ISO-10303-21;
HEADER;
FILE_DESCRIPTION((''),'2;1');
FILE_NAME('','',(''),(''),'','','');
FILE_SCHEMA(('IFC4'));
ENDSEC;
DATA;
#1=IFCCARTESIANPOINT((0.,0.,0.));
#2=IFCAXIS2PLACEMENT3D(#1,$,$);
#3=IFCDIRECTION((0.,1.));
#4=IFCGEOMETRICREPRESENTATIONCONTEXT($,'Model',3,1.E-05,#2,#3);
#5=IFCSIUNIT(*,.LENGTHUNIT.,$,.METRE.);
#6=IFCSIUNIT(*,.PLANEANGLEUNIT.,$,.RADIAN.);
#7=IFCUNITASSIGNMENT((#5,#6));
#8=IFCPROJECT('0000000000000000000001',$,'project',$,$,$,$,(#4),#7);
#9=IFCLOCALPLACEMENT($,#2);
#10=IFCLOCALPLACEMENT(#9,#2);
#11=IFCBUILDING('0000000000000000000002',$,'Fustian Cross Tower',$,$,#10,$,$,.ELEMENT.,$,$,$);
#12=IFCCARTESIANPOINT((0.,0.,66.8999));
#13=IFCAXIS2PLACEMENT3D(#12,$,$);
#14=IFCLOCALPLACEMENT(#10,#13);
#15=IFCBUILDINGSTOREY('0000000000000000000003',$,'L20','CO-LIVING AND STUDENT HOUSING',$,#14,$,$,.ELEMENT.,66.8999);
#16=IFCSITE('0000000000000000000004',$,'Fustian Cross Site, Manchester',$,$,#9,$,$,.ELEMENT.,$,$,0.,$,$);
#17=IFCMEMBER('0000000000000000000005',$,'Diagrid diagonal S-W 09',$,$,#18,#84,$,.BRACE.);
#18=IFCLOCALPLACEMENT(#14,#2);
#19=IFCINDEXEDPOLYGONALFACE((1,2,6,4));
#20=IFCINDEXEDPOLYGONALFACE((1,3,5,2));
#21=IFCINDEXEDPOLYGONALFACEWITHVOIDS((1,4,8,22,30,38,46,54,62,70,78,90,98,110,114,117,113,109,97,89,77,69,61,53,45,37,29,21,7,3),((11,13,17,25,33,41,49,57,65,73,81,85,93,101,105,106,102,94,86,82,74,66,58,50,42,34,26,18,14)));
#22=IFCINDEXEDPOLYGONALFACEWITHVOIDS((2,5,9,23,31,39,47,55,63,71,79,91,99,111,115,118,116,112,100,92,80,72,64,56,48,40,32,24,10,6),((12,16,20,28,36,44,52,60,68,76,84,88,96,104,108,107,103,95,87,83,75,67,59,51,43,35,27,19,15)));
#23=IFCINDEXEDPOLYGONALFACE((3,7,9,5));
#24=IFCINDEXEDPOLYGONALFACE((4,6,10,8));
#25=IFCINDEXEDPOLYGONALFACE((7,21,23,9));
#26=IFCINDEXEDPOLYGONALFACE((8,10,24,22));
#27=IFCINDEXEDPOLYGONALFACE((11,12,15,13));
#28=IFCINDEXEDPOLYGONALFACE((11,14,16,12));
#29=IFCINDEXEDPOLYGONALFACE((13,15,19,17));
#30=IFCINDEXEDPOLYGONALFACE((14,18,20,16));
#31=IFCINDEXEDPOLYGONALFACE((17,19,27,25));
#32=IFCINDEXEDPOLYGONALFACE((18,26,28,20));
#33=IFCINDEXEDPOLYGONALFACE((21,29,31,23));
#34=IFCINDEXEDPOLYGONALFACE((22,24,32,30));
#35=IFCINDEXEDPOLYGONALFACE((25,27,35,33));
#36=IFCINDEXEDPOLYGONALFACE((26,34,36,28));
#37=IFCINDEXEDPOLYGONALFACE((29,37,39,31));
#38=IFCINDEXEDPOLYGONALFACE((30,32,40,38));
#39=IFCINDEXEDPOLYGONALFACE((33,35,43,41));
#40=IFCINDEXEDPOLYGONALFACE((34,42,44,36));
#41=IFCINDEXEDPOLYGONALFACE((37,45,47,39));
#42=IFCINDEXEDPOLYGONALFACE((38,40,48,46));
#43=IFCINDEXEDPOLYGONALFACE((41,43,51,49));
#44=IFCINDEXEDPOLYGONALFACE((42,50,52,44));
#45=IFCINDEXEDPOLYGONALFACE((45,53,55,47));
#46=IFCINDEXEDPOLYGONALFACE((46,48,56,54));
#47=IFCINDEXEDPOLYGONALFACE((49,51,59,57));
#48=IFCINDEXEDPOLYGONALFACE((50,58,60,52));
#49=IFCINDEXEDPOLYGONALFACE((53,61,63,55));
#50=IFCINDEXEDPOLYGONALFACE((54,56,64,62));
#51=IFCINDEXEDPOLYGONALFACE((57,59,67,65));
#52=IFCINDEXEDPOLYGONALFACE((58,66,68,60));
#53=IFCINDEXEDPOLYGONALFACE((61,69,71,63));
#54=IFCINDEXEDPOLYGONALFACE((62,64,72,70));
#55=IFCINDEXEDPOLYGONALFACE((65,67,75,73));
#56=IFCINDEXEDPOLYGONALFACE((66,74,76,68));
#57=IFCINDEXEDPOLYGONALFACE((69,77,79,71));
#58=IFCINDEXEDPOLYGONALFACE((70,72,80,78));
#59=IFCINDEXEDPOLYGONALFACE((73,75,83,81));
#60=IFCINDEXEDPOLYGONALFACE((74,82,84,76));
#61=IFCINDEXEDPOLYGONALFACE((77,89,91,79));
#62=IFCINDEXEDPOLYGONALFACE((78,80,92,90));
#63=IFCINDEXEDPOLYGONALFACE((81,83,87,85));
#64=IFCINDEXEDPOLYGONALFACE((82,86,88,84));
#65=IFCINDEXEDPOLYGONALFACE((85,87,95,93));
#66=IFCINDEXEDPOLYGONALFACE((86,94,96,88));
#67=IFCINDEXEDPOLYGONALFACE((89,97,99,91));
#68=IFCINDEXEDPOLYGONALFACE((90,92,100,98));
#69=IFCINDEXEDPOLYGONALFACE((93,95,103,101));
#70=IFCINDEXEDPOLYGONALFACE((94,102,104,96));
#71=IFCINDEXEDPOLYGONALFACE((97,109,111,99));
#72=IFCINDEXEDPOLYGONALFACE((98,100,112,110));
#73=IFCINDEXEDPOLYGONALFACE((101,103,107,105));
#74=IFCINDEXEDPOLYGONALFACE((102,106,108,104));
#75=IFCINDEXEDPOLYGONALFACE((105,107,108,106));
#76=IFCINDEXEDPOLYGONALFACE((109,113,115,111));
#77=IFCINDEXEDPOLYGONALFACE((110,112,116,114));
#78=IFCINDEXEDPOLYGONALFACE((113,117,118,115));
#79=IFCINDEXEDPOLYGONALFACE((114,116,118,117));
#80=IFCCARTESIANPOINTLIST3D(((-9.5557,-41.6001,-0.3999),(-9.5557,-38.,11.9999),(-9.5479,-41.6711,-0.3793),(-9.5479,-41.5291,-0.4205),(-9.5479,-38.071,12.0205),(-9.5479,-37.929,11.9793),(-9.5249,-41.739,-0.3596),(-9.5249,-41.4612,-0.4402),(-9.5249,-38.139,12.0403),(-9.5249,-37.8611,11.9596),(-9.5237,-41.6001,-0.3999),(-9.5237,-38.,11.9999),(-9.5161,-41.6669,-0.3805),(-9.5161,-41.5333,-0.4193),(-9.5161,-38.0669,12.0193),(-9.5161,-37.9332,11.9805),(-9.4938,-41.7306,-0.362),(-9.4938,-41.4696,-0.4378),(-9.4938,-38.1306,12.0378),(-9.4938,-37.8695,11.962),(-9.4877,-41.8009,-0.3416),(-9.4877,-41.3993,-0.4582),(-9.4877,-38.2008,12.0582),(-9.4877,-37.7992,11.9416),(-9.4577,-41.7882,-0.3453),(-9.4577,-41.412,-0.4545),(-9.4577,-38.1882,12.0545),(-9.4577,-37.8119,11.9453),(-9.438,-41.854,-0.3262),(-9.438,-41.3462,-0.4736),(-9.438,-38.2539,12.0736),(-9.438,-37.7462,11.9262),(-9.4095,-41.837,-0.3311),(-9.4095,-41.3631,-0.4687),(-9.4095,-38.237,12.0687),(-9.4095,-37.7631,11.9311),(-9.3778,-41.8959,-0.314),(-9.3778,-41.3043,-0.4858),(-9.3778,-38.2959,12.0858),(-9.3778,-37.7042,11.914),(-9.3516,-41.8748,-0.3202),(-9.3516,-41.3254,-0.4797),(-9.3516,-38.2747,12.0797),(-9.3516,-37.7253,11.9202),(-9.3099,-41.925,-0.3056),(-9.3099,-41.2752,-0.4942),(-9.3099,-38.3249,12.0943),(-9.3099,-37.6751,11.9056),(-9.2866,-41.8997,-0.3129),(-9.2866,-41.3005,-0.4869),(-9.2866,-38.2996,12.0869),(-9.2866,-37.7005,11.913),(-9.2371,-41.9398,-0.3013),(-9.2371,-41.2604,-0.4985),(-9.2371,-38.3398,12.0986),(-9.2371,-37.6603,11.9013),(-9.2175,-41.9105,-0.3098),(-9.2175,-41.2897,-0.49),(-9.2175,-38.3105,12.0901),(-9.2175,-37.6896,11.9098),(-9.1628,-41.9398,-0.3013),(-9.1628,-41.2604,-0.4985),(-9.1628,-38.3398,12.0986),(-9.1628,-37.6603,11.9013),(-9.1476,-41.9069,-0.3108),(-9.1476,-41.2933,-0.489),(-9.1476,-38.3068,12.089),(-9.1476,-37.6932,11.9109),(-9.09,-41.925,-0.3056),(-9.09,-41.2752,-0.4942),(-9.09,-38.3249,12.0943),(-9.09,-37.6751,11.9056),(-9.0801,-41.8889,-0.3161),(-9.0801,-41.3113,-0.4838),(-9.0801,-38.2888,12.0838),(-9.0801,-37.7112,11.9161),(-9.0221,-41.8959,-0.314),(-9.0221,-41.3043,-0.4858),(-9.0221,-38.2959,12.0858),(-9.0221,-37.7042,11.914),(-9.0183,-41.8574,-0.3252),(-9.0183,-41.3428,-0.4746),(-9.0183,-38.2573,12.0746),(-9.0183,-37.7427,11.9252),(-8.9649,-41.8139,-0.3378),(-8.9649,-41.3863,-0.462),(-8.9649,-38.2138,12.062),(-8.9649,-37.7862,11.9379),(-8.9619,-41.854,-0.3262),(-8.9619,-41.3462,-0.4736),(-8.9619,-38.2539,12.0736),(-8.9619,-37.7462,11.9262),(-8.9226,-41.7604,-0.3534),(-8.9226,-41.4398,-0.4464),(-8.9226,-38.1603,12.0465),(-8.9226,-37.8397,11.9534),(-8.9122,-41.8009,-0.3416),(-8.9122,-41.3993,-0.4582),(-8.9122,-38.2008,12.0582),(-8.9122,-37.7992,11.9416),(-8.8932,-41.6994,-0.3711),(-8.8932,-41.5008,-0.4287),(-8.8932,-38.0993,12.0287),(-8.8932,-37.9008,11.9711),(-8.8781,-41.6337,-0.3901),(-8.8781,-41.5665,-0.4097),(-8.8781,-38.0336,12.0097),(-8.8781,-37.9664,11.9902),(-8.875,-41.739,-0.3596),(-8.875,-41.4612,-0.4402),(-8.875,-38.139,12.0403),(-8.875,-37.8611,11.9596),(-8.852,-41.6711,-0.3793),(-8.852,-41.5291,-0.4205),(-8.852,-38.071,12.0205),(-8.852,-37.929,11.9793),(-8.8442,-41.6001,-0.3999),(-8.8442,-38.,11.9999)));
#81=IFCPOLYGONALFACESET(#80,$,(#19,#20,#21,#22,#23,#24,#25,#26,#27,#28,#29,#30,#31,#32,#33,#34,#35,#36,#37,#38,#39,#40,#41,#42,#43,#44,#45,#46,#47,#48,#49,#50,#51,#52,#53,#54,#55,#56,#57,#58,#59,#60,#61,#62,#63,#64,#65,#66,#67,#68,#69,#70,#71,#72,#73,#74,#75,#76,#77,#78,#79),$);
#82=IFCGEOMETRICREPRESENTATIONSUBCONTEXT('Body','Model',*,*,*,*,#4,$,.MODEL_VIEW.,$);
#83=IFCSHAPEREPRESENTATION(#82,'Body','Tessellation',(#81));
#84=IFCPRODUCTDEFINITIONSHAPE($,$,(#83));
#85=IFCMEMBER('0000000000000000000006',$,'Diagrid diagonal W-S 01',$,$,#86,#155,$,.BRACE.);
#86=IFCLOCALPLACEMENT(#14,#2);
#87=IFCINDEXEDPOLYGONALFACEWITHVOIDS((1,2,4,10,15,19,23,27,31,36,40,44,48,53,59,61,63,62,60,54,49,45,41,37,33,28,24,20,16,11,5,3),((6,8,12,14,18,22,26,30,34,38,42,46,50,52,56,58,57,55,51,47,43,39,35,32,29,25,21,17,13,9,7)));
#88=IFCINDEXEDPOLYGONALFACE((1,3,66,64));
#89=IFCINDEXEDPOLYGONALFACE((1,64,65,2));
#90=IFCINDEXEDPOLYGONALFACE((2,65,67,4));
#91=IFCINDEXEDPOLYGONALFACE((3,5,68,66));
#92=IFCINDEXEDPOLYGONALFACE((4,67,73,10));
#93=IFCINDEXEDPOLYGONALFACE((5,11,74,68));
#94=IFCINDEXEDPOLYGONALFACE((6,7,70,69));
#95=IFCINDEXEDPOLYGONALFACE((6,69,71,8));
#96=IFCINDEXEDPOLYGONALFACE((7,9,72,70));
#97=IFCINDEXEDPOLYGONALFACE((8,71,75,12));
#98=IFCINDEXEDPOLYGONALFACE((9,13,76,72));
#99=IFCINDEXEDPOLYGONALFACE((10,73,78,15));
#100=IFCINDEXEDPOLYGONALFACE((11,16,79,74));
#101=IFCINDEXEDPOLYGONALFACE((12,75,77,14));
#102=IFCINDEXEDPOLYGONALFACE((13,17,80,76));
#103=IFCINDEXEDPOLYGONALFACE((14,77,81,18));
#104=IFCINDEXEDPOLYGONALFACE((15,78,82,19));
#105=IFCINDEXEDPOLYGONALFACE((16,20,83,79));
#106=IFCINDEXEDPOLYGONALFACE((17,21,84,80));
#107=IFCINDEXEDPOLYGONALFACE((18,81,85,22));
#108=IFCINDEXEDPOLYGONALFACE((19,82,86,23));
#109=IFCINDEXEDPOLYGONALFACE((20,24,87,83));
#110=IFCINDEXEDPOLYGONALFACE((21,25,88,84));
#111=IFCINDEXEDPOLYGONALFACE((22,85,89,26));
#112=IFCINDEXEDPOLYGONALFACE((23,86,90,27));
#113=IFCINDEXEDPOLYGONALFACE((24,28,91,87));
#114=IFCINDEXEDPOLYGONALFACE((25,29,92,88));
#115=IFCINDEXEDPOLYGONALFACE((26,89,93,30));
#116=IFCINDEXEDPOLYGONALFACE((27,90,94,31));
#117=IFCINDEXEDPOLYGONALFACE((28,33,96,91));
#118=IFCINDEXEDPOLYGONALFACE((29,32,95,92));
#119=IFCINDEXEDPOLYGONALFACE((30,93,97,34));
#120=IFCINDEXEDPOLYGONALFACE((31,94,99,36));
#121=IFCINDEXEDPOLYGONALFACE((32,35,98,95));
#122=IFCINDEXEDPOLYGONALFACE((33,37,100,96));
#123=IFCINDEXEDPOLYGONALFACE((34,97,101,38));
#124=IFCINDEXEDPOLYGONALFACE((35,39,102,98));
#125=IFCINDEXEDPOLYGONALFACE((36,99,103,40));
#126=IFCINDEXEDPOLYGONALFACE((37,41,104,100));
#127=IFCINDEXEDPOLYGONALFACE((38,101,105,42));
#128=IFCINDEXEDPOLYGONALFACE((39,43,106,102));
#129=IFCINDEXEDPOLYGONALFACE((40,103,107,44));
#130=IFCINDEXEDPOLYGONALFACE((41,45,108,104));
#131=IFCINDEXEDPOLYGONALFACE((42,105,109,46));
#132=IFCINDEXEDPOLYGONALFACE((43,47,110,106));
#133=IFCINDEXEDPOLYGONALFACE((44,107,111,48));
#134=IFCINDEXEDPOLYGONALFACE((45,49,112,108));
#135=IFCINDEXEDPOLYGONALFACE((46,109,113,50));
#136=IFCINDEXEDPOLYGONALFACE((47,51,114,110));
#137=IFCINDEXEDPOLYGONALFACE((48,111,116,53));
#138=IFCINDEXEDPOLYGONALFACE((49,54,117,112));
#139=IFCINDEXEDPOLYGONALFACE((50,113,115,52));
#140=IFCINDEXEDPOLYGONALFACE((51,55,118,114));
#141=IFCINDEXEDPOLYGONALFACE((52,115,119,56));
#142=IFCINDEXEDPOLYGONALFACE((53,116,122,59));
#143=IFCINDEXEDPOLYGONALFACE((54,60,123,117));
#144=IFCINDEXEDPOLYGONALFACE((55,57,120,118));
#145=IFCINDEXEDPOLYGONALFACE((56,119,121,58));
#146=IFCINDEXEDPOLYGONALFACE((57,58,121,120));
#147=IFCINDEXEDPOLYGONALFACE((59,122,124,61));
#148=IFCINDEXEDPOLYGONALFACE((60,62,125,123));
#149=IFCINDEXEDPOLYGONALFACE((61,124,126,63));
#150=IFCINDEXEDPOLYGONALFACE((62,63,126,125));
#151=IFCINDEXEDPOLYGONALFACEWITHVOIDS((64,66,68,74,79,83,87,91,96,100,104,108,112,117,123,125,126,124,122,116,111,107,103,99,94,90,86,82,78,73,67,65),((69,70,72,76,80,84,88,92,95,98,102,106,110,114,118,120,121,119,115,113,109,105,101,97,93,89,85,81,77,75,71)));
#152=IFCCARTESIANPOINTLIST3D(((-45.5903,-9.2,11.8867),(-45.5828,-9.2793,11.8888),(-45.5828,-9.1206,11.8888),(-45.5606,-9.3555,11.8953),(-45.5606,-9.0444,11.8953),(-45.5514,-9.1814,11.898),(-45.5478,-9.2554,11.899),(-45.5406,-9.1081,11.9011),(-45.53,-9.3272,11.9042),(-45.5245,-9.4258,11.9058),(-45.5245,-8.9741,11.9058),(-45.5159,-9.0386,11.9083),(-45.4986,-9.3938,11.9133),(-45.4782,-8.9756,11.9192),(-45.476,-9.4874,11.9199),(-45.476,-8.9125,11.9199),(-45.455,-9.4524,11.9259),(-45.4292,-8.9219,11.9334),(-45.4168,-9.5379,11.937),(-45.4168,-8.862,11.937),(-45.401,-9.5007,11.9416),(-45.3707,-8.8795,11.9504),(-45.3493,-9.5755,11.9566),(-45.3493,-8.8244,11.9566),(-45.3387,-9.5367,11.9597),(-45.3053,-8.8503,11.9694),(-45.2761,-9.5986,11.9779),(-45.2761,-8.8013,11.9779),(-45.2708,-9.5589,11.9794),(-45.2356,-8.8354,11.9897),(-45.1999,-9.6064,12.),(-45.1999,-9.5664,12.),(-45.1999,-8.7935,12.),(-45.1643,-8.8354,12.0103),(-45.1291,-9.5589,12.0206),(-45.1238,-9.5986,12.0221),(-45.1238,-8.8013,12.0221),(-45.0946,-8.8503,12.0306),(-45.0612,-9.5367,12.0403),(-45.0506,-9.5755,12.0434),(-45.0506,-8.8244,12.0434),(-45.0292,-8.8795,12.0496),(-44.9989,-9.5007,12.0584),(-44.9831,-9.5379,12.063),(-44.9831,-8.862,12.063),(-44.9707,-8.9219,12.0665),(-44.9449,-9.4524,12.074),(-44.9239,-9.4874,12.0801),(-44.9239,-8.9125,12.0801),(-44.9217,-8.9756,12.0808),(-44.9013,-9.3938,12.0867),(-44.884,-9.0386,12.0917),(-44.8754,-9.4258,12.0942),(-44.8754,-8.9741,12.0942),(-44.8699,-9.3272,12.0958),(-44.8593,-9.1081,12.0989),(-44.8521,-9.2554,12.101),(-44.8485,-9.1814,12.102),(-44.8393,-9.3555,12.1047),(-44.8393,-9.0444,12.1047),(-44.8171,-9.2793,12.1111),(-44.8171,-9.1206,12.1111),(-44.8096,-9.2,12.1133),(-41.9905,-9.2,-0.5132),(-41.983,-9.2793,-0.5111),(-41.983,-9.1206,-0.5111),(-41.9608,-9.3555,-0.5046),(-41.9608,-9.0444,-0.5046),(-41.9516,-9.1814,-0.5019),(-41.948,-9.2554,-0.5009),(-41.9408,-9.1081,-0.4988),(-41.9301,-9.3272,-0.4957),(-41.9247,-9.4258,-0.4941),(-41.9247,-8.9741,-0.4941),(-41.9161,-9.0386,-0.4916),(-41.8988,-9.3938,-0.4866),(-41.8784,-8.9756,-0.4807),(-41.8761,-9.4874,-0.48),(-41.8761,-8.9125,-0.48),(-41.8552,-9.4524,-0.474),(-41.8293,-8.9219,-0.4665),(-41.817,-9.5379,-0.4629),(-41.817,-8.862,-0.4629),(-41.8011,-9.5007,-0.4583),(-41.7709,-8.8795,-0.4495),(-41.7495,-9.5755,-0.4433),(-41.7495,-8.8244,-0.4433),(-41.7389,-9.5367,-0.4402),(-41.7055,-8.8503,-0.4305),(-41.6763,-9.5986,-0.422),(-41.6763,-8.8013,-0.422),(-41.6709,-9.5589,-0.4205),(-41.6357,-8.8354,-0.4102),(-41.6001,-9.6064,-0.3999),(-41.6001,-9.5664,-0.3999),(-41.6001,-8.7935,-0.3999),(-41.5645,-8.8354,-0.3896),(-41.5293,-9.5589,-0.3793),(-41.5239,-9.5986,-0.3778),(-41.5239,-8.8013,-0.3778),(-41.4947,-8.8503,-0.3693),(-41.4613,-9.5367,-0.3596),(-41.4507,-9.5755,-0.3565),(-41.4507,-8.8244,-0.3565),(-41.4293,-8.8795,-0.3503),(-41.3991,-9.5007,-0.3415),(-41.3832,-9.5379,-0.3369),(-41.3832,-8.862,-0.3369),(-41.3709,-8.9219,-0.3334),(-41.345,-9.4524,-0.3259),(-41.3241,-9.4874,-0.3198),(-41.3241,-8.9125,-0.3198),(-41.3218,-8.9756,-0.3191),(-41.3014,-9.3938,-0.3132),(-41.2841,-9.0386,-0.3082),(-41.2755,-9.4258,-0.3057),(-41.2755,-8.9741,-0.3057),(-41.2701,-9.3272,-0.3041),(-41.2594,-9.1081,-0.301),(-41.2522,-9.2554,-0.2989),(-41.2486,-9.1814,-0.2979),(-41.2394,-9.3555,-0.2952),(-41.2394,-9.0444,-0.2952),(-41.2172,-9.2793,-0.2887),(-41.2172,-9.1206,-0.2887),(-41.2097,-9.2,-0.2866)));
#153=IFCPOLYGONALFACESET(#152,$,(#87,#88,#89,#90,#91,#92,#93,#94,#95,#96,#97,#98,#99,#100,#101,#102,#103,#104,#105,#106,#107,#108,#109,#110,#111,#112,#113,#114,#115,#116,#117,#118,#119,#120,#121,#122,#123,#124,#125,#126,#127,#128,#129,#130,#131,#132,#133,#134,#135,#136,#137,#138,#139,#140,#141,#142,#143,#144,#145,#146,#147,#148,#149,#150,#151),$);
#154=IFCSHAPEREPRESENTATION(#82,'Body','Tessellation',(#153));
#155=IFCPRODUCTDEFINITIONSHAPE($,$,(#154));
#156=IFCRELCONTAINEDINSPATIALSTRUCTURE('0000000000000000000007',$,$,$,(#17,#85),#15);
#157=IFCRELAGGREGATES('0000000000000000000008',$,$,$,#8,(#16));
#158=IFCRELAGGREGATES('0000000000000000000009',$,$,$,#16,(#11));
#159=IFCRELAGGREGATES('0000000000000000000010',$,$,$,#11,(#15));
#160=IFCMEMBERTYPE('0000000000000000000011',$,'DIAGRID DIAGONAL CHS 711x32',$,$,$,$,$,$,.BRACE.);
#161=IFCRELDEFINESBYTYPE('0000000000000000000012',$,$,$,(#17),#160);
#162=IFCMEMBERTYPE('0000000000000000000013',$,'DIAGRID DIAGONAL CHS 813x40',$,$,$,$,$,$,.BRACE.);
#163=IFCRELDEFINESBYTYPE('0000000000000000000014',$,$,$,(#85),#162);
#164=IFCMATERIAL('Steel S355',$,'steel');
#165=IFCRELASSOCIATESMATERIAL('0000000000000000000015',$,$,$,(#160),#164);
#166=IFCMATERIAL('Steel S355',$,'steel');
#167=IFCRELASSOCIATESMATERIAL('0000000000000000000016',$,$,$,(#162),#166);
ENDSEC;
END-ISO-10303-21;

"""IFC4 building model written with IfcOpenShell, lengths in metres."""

from ifc_helpers import new_model, si_unit, direction, frame, origin, origin_2d, place, context, subcontext, project, spatial, hollow_circle, extrude, material, material_profile, profile_set, type_object, element, save


model = new_model("IFC4")

# Units and contexts
model_context = context("Model", 3, precision=1e-05, world=origin(), true_north=direction((0.0, 1.0)))
body_context = subcontext(model_context, "Body", "Model", "MODEL_VIEW")
ifc_project = project(units=[si_unit("LENGTHUNIT", "METRE"), si_unit("PLANEANGLEUNIT", "RADIAN")], contexts=[model_context])

# Site, building, storey
site_placement = place(None, origin())
site = spatial("IfcSite", under=ifc_project, at=site_placement, Name="Fustian Cross Site, Manchester", CompositionType="ELEMENT", RefElevation=0.0)
building_placement = place(site_placement, origin())
building = spatial("IfcBuilding", under=site, at=building_placement, Name="Fustian Cross Tower", CompositionType="ELEMENT")
storey_placement = place(building_placement, frame((0.0, 0.0, 66.8999)))
storey = spatial("IfcBuildingStorey", under=building, at=storey_placement, Name="L20", Description="CO-LIVING AND STUDENT HOUSING", CompositionType="ELEMENT", Elevation=66.8999)

# Members
ifc_material_1 = material(Name="Steel S355", Category="steel")
ifc_material_profile_1 = material_profile(ifc_material_1, hollow_circle(Radius=0.3557, WallThickness=0.032, at=origin_2d()), Name="CHS 711x32")
ifc_profile_set_1 = profile_set([ifc_material_profile_1], Name="Steel S355")
member_type_1 = type_object("IfcMemberType", Name="DIAGRID DIAGONAL CHS 711x32", PredefinedType="BRACE", material=ifc_profile_set_1)
for number, where, z_axis, x_axis, name in (
    (1, (-9.2, -41.6001, -0.3999), (0.0, 0.278819, 0.960344), (-1.0, 0.0, 0.0), "Diagrid diagonal S-W 09"),
):
    element("IfcMember", number, at=place(storey_placement, frame(where, z_axis=z_axis, x_axis=x_axis)), inside=storey, type_object=member_type_1, Name=name, PredefinedType="BRACE", context=body_context, shape_type="SweptSolid", body=[
        extrude(hollow_circle(Radius=0.3557, WallThickness=0.032, at=origin_2d()), origin(), (0.0, 0.0, 1.0), 12.9119),
    ])
ifc_material_2 = material(Name="Steel S355", Category="steel")
ifc_material_profile_2 = material_profile(ifc_material_2, hollow_circle(Radius=0.4065, WallThickness=0.04, at=origin_2d()), Name="CHS 813x40")
ifc_profile_set_2 = profile_set([ifc_material_profile_2], Name="Steel S355")
member_type_2 = type_object("IfcMemberType", Name="DIAGRID DIAGONAL CHS 813x40", PredefinedType="BRACE", material=ifc_profile_set_2)
for number, where, z_axis, x_axis, name in (
    (2, (-41.6001, -9.2, -0.3999), (-0.278802, 0.0, 0.960349), (0.0, -1.0, 0.0), "Diagrid diagonal W-S 01"),
):
    element("IfcMember", number, at=place(storey_placement, frame(where, z_axis=z_axis, x_axis=x_axis)), inside=storey, type_object=member_type_2, Name=name, PredefinedType="BRACE", context=body_context, shape_type="SweptSolid", body=[
        extrude(hollow_circle(Radius=0.4065, WallThickness=0.04, at=origin_2d()), origin(), (0.0, 0.0, 1.0), 12.9119),
    ])

save(model, "model.ifc")
